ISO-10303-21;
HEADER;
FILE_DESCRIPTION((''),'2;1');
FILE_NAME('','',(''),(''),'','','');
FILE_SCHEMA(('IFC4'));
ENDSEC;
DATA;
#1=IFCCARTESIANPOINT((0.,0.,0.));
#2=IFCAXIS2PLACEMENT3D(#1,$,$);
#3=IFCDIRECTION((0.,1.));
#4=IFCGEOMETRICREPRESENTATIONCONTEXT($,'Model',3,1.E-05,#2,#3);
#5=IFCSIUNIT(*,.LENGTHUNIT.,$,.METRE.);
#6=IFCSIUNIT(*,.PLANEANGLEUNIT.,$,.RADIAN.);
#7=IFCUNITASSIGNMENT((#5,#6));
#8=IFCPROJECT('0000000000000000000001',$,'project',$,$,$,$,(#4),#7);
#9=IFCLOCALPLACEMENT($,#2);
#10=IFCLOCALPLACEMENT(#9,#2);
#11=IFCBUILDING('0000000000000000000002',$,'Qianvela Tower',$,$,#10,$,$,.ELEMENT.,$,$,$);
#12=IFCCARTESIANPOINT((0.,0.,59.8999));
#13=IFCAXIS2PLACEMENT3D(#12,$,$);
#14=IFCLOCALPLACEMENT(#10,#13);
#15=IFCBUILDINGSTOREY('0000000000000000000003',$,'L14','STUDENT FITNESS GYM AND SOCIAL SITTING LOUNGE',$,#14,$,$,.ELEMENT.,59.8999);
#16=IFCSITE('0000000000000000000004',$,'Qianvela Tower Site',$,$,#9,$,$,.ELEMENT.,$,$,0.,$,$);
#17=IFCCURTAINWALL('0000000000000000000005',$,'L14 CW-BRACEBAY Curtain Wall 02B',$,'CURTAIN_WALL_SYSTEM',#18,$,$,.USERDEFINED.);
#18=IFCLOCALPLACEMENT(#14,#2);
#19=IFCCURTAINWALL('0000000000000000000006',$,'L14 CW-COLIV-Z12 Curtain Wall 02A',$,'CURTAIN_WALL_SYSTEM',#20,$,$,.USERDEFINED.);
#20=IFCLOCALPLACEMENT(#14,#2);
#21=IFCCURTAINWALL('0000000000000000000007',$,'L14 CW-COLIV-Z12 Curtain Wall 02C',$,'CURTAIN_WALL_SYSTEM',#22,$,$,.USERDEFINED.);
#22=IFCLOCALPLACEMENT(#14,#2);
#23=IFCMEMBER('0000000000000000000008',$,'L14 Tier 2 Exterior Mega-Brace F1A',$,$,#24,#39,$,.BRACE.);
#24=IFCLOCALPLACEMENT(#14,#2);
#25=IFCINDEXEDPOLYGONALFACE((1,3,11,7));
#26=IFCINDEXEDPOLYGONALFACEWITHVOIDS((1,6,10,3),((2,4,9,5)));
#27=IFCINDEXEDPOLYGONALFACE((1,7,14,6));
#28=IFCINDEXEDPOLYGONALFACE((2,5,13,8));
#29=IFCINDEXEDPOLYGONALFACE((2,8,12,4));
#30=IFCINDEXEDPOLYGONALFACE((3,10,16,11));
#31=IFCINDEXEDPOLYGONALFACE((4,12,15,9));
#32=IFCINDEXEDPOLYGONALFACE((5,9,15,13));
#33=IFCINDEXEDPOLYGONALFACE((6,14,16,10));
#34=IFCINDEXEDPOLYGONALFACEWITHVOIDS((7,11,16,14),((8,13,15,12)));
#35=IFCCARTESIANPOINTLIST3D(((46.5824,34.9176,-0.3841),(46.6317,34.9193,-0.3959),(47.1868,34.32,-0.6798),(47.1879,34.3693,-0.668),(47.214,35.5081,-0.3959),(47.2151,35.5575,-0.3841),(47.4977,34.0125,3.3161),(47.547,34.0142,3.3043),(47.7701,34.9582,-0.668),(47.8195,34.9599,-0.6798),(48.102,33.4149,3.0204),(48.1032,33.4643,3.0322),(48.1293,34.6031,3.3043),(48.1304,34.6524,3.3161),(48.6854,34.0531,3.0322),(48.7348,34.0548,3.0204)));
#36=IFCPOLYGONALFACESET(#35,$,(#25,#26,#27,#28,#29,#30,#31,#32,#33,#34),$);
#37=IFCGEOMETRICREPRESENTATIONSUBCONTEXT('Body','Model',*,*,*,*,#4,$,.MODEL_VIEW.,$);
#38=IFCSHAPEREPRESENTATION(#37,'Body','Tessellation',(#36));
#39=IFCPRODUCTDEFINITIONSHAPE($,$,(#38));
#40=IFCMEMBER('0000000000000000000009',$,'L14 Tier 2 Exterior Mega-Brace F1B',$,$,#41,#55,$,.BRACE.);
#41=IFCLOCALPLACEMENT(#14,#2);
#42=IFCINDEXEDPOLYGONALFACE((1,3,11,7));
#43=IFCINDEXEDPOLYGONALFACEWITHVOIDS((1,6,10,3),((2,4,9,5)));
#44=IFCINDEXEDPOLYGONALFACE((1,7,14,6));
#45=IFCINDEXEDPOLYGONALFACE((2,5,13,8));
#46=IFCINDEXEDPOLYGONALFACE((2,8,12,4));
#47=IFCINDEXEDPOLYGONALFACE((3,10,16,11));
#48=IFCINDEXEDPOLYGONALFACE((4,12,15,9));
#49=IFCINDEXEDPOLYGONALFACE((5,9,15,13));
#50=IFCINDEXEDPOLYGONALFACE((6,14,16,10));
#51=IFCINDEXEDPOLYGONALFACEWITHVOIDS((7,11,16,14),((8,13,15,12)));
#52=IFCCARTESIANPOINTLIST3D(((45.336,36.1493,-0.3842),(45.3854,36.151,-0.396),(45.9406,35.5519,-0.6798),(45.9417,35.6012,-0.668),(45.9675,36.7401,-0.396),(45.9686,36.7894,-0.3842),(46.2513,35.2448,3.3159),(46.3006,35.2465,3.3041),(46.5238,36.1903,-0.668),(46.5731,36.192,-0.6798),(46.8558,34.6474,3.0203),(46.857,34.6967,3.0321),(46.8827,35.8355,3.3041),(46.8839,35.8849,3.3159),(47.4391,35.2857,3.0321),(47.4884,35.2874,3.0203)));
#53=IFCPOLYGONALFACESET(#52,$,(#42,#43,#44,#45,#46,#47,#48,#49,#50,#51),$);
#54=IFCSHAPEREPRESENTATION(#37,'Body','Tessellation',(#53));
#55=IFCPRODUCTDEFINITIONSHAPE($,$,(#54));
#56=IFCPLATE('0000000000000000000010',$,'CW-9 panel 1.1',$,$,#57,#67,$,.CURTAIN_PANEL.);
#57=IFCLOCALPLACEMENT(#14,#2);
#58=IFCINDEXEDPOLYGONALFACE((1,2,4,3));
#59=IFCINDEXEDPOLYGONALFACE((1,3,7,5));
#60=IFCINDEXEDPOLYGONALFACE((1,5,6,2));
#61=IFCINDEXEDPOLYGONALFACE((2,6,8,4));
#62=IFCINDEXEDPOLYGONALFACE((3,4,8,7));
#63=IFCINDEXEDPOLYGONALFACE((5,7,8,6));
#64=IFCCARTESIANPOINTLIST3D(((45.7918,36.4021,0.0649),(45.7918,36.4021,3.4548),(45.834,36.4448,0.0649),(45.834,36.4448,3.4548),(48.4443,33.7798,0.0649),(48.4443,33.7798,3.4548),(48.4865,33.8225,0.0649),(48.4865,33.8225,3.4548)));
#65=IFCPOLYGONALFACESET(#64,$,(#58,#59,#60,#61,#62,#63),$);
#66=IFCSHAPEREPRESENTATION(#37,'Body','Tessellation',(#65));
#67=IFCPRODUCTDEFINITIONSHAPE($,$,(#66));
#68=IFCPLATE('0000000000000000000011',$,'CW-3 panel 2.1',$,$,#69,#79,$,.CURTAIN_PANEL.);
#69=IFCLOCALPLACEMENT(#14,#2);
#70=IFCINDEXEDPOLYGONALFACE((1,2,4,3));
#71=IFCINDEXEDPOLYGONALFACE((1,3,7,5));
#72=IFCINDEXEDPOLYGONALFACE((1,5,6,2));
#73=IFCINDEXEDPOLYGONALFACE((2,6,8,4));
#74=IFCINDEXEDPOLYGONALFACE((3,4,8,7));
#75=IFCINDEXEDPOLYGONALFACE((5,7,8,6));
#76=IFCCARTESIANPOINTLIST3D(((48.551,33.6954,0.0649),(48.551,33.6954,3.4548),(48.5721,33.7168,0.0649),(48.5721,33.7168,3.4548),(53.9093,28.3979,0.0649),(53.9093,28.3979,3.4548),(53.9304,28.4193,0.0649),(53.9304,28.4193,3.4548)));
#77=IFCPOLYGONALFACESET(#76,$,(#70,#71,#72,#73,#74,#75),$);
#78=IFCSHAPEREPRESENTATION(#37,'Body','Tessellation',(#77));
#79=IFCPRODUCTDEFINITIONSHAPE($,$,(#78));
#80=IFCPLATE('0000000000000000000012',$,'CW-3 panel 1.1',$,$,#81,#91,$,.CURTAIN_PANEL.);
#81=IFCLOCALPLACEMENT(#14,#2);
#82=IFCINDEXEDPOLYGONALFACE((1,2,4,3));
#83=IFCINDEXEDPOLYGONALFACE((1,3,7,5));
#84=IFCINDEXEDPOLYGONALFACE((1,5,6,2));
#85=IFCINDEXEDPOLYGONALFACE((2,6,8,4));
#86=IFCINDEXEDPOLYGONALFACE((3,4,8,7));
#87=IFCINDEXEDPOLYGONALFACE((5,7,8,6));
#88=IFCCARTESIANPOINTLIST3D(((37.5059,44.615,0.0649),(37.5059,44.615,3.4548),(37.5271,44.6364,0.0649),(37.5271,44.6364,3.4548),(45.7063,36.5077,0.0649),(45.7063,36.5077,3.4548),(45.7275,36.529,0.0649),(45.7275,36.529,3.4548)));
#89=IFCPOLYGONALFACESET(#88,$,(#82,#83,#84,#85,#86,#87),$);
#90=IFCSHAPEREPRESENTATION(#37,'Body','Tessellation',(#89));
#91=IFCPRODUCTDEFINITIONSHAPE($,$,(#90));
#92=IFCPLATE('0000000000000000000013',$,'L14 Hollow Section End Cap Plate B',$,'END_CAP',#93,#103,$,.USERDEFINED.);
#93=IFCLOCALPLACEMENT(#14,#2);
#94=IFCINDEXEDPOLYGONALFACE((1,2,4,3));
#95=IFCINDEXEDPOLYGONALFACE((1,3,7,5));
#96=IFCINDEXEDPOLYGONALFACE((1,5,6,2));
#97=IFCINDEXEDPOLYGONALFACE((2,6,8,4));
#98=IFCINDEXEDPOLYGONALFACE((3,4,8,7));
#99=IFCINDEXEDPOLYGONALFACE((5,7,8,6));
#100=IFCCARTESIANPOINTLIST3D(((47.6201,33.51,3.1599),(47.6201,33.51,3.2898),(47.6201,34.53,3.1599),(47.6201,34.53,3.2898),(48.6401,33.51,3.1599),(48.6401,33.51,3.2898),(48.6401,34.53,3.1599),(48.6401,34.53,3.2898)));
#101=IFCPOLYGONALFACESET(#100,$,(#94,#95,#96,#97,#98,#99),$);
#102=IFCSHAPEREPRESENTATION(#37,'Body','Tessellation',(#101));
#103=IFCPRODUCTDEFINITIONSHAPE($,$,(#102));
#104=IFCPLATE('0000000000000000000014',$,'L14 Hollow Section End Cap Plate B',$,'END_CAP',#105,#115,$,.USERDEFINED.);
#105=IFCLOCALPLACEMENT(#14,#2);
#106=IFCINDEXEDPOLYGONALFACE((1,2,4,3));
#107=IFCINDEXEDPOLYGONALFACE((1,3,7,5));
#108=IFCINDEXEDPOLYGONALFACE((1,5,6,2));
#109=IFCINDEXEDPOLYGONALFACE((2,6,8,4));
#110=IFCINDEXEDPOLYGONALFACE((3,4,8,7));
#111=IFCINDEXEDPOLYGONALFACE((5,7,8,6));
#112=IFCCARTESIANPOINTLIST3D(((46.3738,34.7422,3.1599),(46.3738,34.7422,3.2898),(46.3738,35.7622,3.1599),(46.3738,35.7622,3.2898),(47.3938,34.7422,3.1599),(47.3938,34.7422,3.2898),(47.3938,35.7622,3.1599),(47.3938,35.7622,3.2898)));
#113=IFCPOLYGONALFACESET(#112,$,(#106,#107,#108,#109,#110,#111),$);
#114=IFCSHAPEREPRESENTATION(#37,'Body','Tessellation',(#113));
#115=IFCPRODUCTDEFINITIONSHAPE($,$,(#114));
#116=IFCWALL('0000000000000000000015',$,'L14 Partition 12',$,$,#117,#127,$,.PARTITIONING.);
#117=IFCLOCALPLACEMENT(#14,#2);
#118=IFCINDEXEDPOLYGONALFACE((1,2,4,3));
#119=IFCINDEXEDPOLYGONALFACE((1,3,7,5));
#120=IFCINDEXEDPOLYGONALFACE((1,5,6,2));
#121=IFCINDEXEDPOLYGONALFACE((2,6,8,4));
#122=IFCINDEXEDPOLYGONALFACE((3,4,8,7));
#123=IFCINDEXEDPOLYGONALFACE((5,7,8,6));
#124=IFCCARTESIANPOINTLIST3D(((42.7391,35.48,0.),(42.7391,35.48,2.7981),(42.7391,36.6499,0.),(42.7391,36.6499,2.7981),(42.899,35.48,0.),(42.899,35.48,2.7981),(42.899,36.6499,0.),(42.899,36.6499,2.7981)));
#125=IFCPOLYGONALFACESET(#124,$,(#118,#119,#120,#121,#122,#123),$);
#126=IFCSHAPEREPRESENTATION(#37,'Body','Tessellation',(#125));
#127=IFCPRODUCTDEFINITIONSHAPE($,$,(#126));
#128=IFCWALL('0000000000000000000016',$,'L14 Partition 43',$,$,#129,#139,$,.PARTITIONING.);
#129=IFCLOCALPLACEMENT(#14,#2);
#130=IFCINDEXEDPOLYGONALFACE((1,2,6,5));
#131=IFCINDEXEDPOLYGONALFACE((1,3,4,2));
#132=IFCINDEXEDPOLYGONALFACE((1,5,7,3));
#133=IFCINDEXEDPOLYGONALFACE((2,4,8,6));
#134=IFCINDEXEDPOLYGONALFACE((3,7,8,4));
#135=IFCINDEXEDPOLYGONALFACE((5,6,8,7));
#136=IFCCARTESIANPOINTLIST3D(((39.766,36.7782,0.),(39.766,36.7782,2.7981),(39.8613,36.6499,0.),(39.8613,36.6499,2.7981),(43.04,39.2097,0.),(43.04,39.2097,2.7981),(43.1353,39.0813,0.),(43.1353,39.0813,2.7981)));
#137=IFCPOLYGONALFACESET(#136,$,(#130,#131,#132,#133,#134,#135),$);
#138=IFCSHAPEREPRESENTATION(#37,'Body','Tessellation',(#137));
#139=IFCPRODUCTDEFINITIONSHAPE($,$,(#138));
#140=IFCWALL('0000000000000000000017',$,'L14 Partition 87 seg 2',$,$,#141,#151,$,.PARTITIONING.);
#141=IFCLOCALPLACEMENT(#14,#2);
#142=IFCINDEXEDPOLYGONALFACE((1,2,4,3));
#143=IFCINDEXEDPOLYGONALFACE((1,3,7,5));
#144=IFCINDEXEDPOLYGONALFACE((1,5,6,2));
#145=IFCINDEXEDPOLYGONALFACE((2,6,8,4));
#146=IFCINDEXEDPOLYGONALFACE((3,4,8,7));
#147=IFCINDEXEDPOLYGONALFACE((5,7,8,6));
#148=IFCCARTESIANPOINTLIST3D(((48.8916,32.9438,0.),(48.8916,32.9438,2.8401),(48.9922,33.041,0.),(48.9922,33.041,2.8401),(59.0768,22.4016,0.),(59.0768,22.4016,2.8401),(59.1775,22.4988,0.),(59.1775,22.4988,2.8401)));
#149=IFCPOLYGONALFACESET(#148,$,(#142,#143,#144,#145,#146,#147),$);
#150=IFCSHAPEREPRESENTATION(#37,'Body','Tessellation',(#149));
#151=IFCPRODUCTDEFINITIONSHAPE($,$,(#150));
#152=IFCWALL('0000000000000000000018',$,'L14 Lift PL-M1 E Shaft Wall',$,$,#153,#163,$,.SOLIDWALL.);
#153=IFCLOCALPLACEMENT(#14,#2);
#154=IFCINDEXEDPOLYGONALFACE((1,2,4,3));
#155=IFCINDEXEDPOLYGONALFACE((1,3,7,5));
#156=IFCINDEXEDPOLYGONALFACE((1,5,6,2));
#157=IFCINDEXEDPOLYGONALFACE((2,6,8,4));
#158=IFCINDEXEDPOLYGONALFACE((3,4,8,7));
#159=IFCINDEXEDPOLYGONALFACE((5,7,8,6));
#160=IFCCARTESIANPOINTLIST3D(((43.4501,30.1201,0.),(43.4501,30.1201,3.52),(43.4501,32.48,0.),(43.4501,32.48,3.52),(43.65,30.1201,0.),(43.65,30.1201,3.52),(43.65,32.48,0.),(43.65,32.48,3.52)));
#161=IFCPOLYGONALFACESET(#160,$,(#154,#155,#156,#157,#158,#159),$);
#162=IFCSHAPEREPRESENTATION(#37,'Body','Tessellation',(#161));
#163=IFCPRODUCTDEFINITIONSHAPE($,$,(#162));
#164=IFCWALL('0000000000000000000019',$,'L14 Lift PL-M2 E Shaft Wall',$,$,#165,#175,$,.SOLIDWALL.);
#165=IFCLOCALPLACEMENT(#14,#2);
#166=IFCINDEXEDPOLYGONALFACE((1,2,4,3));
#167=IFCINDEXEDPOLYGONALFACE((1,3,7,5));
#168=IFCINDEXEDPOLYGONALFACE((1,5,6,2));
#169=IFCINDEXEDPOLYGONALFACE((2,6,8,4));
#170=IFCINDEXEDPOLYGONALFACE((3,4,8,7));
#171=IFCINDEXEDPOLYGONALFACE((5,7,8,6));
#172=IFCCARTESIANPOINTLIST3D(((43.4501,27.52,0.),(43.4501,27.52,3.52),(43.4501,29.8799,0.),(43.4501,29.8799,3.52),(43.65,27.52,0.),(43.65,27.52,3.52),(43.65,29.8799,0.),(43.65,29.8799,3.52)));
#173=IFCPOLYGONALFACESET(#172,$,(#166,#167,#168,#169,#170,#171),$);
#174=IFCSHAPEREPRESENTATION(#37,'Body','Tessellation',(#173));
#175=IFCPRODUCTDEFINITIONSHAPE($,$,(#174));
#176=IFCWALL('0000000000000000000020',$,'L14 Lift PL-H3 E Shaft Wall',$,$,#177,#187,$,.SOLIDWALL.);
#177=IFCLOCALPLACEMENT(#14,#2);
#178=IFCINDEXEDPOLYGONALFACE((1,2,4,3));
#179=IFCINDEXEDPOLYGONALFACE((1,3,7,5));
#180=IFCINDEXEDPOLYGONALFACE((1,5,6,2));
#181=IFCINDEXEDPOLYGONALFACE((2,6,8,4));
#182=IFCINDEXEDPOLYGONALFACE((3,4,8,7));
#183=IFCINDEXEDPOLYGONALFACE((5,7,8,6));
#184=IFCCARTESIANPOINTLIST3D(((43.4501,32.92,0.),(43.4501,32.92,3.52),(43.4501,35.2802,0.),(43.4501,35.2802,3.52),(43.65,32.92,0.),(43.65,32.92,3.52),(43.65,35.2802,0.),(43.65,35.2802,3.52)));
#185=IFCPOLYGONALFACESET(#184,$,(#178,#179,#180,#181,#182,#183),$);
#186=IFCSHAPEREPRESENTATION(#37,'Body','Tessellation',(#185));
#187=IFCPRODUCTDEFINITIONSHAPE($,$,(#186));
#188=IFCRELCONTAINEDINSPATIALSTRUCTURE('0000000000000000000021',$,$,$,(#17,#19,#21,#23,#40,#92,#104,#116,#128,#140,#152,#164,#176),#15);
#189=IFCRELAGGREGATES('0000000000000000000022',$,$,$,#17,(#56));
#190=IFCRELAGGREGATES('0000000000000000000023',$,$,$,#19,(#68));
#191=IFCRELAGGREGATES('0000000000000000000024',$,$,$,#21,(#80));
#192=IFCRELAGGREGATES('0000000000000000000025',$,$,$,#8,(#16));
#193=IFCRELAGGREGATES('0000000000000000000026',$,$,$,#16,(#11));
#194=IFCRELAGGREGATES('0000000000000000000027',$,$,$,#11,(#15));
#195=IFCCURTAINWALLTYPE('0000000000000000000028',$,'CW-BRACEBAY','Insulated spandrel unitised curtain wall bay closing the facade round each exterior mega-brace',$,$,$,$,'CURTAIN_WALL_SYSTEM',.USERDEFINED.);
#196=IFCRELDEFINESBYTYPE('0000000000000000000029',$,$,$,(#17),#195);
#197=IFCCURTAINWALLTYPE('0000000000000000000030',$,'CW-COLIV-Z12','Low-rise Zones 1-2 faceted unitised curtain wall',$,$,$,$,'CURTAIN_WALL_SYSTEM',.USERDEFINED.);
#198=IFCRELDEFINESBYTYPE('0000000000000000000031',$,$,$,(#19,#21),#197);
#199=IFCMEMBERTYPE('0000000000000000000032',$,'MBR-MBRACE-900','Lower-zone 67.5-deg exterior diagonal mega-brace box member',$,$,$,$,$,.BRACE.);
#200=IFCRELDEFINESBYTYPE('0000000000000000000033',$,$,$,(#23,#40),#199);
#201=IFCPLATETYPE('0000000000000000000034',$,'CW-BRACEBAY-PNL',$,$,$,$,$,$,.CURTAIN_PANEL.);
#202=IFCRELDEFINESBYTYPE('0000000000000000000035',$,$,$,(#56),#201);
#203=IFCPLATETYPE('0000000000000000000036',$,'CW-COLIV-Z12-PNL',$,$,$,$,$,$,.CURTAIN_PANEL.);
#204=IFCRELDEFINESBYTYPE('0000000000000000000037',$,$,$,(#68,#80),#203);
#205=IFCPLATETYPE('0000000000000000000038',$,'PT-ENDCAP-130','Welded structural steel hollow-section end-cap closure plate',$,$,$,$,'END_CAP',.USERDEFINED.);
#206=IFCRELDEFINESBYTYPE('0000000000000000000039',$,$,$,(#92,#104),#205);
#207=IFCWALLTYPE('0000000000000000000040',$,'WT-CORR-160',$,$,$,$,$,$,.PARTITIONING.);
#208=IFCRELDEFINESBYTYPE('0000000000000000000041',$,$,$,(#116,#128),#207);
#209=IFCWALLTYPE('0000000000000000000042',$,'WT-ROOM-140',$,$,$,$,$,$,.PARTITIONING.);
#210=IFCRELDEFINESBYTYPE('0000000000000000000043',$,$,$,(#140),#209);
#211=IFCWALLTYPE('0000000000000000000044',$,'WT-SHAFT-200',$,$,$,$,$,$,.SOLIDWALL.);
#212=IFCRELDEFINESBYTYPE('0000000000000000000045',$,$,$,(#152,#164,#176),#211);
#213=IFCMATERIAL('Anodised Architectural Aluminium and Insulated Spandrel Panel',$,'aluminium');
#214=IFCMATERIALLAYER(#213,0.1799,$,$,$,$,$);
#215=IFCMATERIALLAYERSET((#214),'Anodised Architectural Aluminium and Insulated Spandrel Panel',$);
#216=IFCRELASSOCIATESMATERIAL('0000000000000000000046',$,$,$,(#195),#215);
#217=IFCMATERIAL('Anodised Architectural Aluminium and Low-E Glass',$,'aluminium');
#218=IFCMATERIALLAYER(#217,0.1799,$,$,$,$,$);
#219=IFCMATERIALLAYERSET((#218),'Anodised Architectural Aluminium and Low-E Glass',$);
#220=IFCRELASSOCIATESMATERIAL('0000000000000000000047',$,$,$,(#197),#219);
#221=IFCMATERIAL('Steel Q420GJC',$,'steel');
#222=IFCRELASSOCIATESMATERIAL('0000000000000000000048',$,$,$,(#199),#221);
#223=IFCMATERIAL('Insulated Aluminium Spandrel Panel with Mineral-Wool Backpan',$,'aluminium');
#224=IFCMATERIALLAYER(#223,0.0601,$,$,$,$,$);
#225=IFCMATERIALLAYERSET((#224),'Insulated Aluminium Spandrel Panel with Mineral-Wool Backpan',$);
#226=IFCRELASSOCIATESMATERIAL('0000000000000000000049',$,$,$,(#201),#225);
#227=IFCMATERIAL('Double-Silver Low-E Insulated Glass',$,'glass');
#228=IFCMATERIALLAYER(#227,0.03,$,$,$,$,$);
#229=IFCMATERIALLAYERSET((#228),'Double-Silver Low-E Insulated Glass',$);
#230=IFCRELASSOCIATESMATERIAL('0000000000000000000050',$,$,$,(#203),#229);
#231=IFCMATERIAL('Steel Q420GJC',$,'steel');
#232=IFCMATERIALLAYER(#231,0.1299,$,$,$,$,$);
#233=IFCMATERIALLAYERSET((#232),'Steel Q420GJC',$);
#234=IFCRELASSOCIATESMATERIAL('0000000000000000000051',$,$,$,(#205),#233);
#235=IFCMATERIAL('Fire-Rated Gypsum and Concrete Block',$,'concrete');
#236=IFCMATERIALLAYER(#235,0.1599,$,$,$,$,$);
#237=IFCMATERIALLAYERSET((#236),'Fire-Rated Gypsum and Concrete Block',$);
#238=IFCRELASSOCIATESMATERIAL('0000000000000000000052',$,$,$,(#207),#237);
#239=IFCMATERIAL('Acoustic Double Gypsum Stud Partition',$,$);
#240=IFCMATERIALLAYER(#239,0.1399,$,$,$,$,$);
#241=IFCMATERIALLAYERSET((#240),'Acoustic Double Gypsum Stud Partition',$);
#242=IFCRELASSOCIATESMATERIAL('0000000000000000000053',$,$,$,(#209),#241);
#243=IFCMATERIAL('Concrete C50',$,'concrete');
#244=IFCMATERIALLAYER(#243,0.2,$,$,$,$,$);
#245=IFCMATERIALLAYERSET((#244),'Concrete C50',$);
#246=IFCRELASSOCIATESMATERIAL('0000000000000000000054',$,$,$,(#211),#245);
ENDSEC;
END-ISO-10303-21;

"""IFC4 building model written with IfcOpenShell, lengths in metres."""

from ifc_helpers import new_model, si_unit, direction, frame, frame_2d, origin, origin_2d, place, context, subcontext, project, spatial, rectangle, hollow_rectangle, extrude, material, layer, layer_set, material_profile, profile_set, type_object, element, aggregate, save


model = new_model("IFC4")

# Units and contexts
model_context = context("Model", 3, precision=1e-05, world=origin(), true_north=direction((0.0, 1.0)))
body_context = subcontext(model_context, "Body", "Model", "MODEL_VIEW")
ifc_project = project(units=[si_unit("LENGTHUNIT", "METRE"), si_unit("PLANEANGLEUNIT", "RADIAN")], contexts=[model_context])

# Site, building, storey
site_placement = place(None, origin())
site = spatial("IfcSite", under=ifc_project, at=site_placement, Name="Qianvela Tower Site", CompositionType="ELEMENT", RefElevation=0.0)
building_placement = place(site_placement, origin())
building = spatial("IfcBuilding", under=site, at=building_placement, Name="Qianvela Tower", CompositionType="ELEMENT")
storey_placement = place(building_placement, frame((0.0, 0.0, 59.8999)))
storey = spatial("IfcBuildingStorey", under=building, at=storey_placement, Name="L14", Description="STUDENT FITNESS GYM AND SOCIAL SITTING LOUNGE", CompositionType="ELEMENT", Elevation=59.8999)

# Curtain walls
ifc_material_1 = material(Name="Anodised Architectural Aluminium and Insulated Spandrel Panel", Category="aluminium")
ifc_layer_1 = layer(ifc_material_1, 0.1799)
ifc_layer_set_1 = layer_set([ifc_layer_1], Name="Anodised Architectural Aluminium and Insulated Spandrel Panel")
curtain_wall_type_1 = type_object("IfcCurtainWallType", Name="CW-BRACEBAY", Description="Insulated spandrel unitised curtain wall bay closing the facade round each exterior mega-brace", ElementType="CURTAIN_WALL_SYSTEM", PredefinedType="USERDEFINED", material=ifc_layer_set_1)
curtain_wall_1_placement = place(storey_placement, origin())
curtain_wall_1 = element("IfcCurtainWall", 1, at=curtain_wall_1_placement, inside=storey, type_object=curtain_wall_type_1, Name="L14 CW-BRACEBAY Curtain Wall 02B", ObjectType="CURTAIN_WALL_SYSTEM", PredefinedType="USERDEFINED")
ifc_material_2 = material(Name="Anodised Architectural Aluminium and Low-E Glass", Category="aluminium")
ifc_layer_2 = layer(ifc_material_2, 0.1799)
ifc_layer_set_2 = layer_set([ifc_layer_2], Name="Anodised Architectural Aluminium and Low-E Glass")
curtain_wall_type_2 = type_object("IfcCurtainWallType", Name="CW-COLIV-Z12", Description="Low-rise Zones 1-2 faceted unitised curtain wall", ElementType="CURTAIN_WALL_SYSTEM", PredefinedType="USERDEFINED", material=ifc_layer_set_2)
curtain_wall_2_placement = place(storey_placement, origin())
curtain_wall_2 = element("IfcCurtainWall", 2, at=curtain_wall_2_placement, inside=storey, type_object=curtain_wall_type_2, Name="L14 CW-COLIV-Z12 Curtain Wall 02A", ObjectType="CURTAIN_WALL_SYSTEM", PredefinedType="USERDEFINED")

# Curtain wall
curtain_wall_3_placement = place(storey_placement, origin())
curtain_wall_3 = element("IfcCurtainWall", 3, at=curtain_wall_3_placement, inside=storey, type_object=curtain_wall_type_2, Name="L14 CW-COLIV-Z12 Curtain Wall 02C", ObjectType="CURTAIN_WALL_SYSTEM", PredefinedType="USERDEFINED")

# Members
ifc_material_3 = material(Name="Steel Q420GJC", Category="steel")
ifc_material_profile_1 = material_profile(ifc_material_3, hollow_rectangle(XDim=0.8999, YDim=0.8999, WallThickness=0.0359, at=origin_2d()), Name="MBOX-900x900x36")
ifc_profile_set_1 = profile_set([ifc_material_profile_1], Name="Steel Q420GJC")
member_type_1 = type_object("IfcMemberType", Name="MBR-MBRACE-900", Description="Lower-zone 67.5-deg exterior diagonal mega-brace box member", PredefinedType="BRACE", material=ifc_profile_set_1)
member_1_placement = place(storey_placement, frame((47.2009, 34.9387, -0.532), z_axis=(0.233629, -0.231011, 0.944485), x_axis=(0.703112, 0.711079, 0.0)))
element("IfcMember", 4, at=member_1_placement, inside=storey, type_object=member_type_1, Name="L14 Tier 2 Exterior Mega-Brace F1A", PredefinedType="BRACE", context=body_context, shape_type="SweptSolid", body=[
    extrude(hollow_rectangle(XDim=0.8999, YDim=0.8999, WallThickness=0.0359, at=origin_2d()), origin(), (0.0, 0.0, 1.0), 3.9177),
])
member_2_placement = place(storey_placement, frame((45.9546, 36.1707, -0.532), z_axis=(0.233635, -0.230893, 0.944512), x_axis=(0.702921, 0.711268, 0.0)))
element("IfcMember", 5, at=member_2_placement, inside=storey, type_object=member_type_1, Name="L14 Tier 2 Exterior Mega-Brace F1B", PredefinedType="BRACE", context=body_context, shape_type="SweptSolid", body=[
    extrude(hollow_rectangle(XDim=0.8999, YDim=0.8999, WallThickness=0.0359, at=origin_2d()), origin(), (0.0, 0.0, 1.0), 3.9175),
])

# Plates
ifc_material_4 = material(Name="Insulated Aluminium Spandrel Panel with Mineral-Wool Backpan", Category="aluminium")
ifc_layer_3 = layer(ifc_material_4, 0.0601)
ifc_layer_set_3 = layer_set([ifc_layer_3], Name="Insulated Aluminium Spandrel Panel with Mineral-Wool Backpan")
plate_type_1 = type_object("IfcPlateType", Name="CW-BRACEBAY-PNL", PredefinedType="CURTAIN_PANEL", material=ifc_layer_set_3)
plate_1_placement = place(storey_placement, frame((47.1392, 35.1123, 0.0649), z_axis=(0.0, 0.0, 1.0), x_axis=(-0.711137, 0.703054, 0.0)))
plate_1 = element("IfcPlate", 6, at=plate_1_placement, type_object=plate_type_1, Name="CW-9 panel 1.1", PredefinedType="CURTAIN_PANEL", context=body_context, shape_type="SweptSolid", body=[
    extrude(rectangle(XDim=3.73, YDim=0.0601, at=origin_2d()), origin(), (0.0, 0.0, 1.0), 3.3899),
])
aggregate(curtain_wall_1, [plate_1])
ifc_material_5 = material(Name="Double-Silver Low-E Insulated Glass", Category="glass")
ifc_layer_4 = layer(ifc_material_5, 0.03)
ifc_layer_set_4 = layer_set([ifc_layer_4], Name="Double-Silver Low-E Insulated Glass")
plate_type_2 = type_object("IfcPlateType", Name="CW-COLIV-Z12-PNL", PredefinedType="CURTAIN_PANEL", material=ifc_layer_set_4)
plate_2_placement = place(storey_placement, frame((51.2407, 31.0574, 0.0649), z_axis=(0.0, 0.0, 1.0), x_axis=(-0.71113, 0.703061, 0.0)))
plate_2 = element("IfcPlate", 7, at=plate_2_placement, type_object=plate_type_2, Name="CW-3 panel 2.1", PredefinedType="CURTAIN_PANEL", context=body_context, shape_type="SweptSolid", body=[
    extrude(rectangle(XDim=7.5349, YDim=0.03, at=origin_2d()), origin(), (0.0, 0.0, 1.0), 3.3899),
])
aggregate(curtain_wall_2, [plate_2])
plate_3_placement = place(storey_placement, frame((41.6167, 40.572, 0.0649), z_axis=(0.0, 0.0, 1.0), x_axis=(-0.711131, 0.70306, 0.0)))
plate_3 = element("IfcPlate", 8, at=plate_3_placement, type_object=plate_type_2, Name="CW-3 panel 1.1", PredefinedType="CURTAIN_PANEL", context=body_context, shape_type="SweptSolid", body=[
    extrude(rectangle(XDim=11.5315, YDim=0.03, at=origin_2d()), origin(), (0.0, 0.0, 1.0), 3.3899),
])
aggregate(curtain_wall_3, [plate_3])

# Plates
ifc_material_6 = material(Name="Steel Q420GJC", Category="steel")
ifc_layer_5 = layer(ifc_material_6, 0.1299)
ifc_layer_set_5 = layer_set([ifc_layer_5], Name="Steel Q420GJC")
plate_type_3 = type_object("IfcPlateType", Name="PT-ENDCAP-130", Description="Welded structural steel hollow-section end-cap closure plate", ElementType="END_CAP", PredefinedType="USERDEFINED", material=ifc_layer_set_5)
for number, where, z_axis, x_axis, name in (
    (9, (48.1301, 34.02, 3.1599), (0.0, 0.0, 1.0), (1.0, 0.0, 0.0), "L14 Hollow Section End Cap Plate B"),
    (10, (46.8838, 35.2522, 3.1599), (0.0, 0.0, 1.0), (1.0, 0.0, 0.0), "L14 Hollow Section End Cap Plate B"),
):
    element("IfcPlate", number, at=place(storey_placement, frame(where, z_axis=z_axis, x_axis=x_axis)), inside=storey, type_object=plate_type_3, Name=name, ObjectType="END_CAP", PredefinedType="USERDEFINED", context=body_context, shape_type="SweptSolid", body=[
        extrude(rectangle(XDim=1.02, YDim=1.02, at=origin_2d()), origin(), (0.0, 0.0, 1.0), 0.1299),
    ])

# Walls
ifc_material_7 = material(Name="Fire-Rated Gypsum and Concrete Block", Category="concrete")
ifc_layer_6 = layer(ifc_material_7, 0.1599)
ifc_layer_set_6 = layer_set([ifc_layer_6], Name="Fire-Rated Gypsum and Concrete Block")
wall_type_1 = type_object("IfcWallType", Name="WT-CORR-160", PredefinedType="PARTITIONING", material=ifc_layer_set_6)
wall_1_placement = place(storey_placement, frame((42.8191, 36.6499, 0.0), z_axis=(0.0, 0.0, 1.0), x_axis=(0.0, -1.0, 0.0)))
element("IfcWall", 11, at=wall_1_placement, inside=storey, type_object=wall_type_1, Name="L14 Partition 12", PredefinedType="PARTITIONING", context=body_context, shape_type="SweptSolid", body=[
    extrude(rectangle(XDim=1.1699, YDim=0.1599, at=frame_2d((0.585, 0.0))), origin(), (0.0, 0.0, 1.0), 2.7981),
])
wall_2_placement = place(storey_placement, frame((43.0876, 39.1455, 0.0), z_axis=(0.0, 0.0, 1.0), x_axis=(-0.802822, -0.596219, 0.0)))
element("IfcWall", 12, at=wall_2_placement, inside=storey, type_object=wall_type_1, Name="L14 Partition 43", PredefinedType="PARTITIONING", context=body_context, shape_type="SweptSolid", body=[
    extrude(rectangle(XDim=4.0781, YDim=0.1599, at=frame_2d((2.0391, 0.0))), origin(), (0.0, 0.0, 1.0), 2.7981),
])
ifc_material_8 = material(Name="Acoustic Double Gypsum Stud Partition")
ifc_layer_7 = layer(ifc_material_8, 0.1399)
ifc_layer_set_7 = layer_set([ifc_layer_7], Name="Acoustic Double Gypsum Stud Partition")
wall_type_2 = type_object("IfcWallType", Name="WT-ROOM-140", PredefinedType="PARTITIONING", material=ifc_layer_set_7)
wall_3_placement = place(storey_placement, frame((48.9419, 32.9924, 0.0), z_axis=(0.0, 0.0, 1.0), x_axis=(0.694827, -0.719177, 0.0)))
element("IfcWall", 13, at=wall_3_placement, inside=storey, type_object=wall_type_2, Name="L14 Partition 87 seg 2", PredefinedType="PARTITIONING", context=body_context, shape_type="SweptSolid", body=[
    extrude(rectangle(XDim=14.6587, YDim=0.1399, at=frame_2d((7.3293, 0.0))), origin(), (0.0, 0.0, 1.0), 2.8401),
])
ifc_material_9 = material(Name="Concrete C50", Category="concrete")
ifc_layer_8 = layer(ifc_material_9, 0.2)
ifc_layer_set_8 = layer_set([ifc_layer_8], Name="Concrete C50")
wall_type_3 = type_object("IfcWallType", Name="WT-SHAFT-200", PredefinedType="SOLIDWALL", material=ifc_layer_set_8)
for number, where, z_axis, x_axis, name in (
    (14, (43.55, 30.1201, 0.0), (0.0, 0.0, 1.0), (0.0, 1.0, 0.0), "L14 Lift PL-M1 E Shaft Wall"),
    (15, (43.55, 27.52, 0.0), (0.0, 0.0, 1.0), (0.0, 1.0, 0.0), "L14 Lift PL-M2 E Shaft Wall"),
):
    element("IfcWall", number, at=place(storey_placement, frame(where, z_axis=z_axis, x_axis=x_axis)), inside=storey, type_object=wall_type_3, Name=name, PredefinedType="SOLIDWALL", context=body_context, shape_type="SweptSolid", body=[
        extrude(rectangle(XDim=2.3599, YDim=0.2, at=frame_2d((1.1799, 0.0))), origin(), (0.0, 0.0, 1.0), 3.52),
    ])
for number, where, z_axis, x_axis, name in (
    (16, (43.55, 32.9199, 0.0), (0.0, 0.0, 1.0), (0.0, 1.0, 0.0), "L14 Lift PL-H3 E Shaft Wall"),
):
    element("IfcWall", number, at=place(storey_placement, frame(where, z_axis=z_axis, x_axis=x_axis)), inside=storey, type_object=wall_type_3, Name=name, PredefinedType="SOLIDWALL", context=body_context, shape_type="SweptSolid", body=[
        extrude(rectangle(XDim=2.3601, YDim=0.2, at=frame_2d((1.1802, 0.0))), origin(), (0.0, 0.0, 1.0), 3.52),
    ])

save(model, "model.ifc")
